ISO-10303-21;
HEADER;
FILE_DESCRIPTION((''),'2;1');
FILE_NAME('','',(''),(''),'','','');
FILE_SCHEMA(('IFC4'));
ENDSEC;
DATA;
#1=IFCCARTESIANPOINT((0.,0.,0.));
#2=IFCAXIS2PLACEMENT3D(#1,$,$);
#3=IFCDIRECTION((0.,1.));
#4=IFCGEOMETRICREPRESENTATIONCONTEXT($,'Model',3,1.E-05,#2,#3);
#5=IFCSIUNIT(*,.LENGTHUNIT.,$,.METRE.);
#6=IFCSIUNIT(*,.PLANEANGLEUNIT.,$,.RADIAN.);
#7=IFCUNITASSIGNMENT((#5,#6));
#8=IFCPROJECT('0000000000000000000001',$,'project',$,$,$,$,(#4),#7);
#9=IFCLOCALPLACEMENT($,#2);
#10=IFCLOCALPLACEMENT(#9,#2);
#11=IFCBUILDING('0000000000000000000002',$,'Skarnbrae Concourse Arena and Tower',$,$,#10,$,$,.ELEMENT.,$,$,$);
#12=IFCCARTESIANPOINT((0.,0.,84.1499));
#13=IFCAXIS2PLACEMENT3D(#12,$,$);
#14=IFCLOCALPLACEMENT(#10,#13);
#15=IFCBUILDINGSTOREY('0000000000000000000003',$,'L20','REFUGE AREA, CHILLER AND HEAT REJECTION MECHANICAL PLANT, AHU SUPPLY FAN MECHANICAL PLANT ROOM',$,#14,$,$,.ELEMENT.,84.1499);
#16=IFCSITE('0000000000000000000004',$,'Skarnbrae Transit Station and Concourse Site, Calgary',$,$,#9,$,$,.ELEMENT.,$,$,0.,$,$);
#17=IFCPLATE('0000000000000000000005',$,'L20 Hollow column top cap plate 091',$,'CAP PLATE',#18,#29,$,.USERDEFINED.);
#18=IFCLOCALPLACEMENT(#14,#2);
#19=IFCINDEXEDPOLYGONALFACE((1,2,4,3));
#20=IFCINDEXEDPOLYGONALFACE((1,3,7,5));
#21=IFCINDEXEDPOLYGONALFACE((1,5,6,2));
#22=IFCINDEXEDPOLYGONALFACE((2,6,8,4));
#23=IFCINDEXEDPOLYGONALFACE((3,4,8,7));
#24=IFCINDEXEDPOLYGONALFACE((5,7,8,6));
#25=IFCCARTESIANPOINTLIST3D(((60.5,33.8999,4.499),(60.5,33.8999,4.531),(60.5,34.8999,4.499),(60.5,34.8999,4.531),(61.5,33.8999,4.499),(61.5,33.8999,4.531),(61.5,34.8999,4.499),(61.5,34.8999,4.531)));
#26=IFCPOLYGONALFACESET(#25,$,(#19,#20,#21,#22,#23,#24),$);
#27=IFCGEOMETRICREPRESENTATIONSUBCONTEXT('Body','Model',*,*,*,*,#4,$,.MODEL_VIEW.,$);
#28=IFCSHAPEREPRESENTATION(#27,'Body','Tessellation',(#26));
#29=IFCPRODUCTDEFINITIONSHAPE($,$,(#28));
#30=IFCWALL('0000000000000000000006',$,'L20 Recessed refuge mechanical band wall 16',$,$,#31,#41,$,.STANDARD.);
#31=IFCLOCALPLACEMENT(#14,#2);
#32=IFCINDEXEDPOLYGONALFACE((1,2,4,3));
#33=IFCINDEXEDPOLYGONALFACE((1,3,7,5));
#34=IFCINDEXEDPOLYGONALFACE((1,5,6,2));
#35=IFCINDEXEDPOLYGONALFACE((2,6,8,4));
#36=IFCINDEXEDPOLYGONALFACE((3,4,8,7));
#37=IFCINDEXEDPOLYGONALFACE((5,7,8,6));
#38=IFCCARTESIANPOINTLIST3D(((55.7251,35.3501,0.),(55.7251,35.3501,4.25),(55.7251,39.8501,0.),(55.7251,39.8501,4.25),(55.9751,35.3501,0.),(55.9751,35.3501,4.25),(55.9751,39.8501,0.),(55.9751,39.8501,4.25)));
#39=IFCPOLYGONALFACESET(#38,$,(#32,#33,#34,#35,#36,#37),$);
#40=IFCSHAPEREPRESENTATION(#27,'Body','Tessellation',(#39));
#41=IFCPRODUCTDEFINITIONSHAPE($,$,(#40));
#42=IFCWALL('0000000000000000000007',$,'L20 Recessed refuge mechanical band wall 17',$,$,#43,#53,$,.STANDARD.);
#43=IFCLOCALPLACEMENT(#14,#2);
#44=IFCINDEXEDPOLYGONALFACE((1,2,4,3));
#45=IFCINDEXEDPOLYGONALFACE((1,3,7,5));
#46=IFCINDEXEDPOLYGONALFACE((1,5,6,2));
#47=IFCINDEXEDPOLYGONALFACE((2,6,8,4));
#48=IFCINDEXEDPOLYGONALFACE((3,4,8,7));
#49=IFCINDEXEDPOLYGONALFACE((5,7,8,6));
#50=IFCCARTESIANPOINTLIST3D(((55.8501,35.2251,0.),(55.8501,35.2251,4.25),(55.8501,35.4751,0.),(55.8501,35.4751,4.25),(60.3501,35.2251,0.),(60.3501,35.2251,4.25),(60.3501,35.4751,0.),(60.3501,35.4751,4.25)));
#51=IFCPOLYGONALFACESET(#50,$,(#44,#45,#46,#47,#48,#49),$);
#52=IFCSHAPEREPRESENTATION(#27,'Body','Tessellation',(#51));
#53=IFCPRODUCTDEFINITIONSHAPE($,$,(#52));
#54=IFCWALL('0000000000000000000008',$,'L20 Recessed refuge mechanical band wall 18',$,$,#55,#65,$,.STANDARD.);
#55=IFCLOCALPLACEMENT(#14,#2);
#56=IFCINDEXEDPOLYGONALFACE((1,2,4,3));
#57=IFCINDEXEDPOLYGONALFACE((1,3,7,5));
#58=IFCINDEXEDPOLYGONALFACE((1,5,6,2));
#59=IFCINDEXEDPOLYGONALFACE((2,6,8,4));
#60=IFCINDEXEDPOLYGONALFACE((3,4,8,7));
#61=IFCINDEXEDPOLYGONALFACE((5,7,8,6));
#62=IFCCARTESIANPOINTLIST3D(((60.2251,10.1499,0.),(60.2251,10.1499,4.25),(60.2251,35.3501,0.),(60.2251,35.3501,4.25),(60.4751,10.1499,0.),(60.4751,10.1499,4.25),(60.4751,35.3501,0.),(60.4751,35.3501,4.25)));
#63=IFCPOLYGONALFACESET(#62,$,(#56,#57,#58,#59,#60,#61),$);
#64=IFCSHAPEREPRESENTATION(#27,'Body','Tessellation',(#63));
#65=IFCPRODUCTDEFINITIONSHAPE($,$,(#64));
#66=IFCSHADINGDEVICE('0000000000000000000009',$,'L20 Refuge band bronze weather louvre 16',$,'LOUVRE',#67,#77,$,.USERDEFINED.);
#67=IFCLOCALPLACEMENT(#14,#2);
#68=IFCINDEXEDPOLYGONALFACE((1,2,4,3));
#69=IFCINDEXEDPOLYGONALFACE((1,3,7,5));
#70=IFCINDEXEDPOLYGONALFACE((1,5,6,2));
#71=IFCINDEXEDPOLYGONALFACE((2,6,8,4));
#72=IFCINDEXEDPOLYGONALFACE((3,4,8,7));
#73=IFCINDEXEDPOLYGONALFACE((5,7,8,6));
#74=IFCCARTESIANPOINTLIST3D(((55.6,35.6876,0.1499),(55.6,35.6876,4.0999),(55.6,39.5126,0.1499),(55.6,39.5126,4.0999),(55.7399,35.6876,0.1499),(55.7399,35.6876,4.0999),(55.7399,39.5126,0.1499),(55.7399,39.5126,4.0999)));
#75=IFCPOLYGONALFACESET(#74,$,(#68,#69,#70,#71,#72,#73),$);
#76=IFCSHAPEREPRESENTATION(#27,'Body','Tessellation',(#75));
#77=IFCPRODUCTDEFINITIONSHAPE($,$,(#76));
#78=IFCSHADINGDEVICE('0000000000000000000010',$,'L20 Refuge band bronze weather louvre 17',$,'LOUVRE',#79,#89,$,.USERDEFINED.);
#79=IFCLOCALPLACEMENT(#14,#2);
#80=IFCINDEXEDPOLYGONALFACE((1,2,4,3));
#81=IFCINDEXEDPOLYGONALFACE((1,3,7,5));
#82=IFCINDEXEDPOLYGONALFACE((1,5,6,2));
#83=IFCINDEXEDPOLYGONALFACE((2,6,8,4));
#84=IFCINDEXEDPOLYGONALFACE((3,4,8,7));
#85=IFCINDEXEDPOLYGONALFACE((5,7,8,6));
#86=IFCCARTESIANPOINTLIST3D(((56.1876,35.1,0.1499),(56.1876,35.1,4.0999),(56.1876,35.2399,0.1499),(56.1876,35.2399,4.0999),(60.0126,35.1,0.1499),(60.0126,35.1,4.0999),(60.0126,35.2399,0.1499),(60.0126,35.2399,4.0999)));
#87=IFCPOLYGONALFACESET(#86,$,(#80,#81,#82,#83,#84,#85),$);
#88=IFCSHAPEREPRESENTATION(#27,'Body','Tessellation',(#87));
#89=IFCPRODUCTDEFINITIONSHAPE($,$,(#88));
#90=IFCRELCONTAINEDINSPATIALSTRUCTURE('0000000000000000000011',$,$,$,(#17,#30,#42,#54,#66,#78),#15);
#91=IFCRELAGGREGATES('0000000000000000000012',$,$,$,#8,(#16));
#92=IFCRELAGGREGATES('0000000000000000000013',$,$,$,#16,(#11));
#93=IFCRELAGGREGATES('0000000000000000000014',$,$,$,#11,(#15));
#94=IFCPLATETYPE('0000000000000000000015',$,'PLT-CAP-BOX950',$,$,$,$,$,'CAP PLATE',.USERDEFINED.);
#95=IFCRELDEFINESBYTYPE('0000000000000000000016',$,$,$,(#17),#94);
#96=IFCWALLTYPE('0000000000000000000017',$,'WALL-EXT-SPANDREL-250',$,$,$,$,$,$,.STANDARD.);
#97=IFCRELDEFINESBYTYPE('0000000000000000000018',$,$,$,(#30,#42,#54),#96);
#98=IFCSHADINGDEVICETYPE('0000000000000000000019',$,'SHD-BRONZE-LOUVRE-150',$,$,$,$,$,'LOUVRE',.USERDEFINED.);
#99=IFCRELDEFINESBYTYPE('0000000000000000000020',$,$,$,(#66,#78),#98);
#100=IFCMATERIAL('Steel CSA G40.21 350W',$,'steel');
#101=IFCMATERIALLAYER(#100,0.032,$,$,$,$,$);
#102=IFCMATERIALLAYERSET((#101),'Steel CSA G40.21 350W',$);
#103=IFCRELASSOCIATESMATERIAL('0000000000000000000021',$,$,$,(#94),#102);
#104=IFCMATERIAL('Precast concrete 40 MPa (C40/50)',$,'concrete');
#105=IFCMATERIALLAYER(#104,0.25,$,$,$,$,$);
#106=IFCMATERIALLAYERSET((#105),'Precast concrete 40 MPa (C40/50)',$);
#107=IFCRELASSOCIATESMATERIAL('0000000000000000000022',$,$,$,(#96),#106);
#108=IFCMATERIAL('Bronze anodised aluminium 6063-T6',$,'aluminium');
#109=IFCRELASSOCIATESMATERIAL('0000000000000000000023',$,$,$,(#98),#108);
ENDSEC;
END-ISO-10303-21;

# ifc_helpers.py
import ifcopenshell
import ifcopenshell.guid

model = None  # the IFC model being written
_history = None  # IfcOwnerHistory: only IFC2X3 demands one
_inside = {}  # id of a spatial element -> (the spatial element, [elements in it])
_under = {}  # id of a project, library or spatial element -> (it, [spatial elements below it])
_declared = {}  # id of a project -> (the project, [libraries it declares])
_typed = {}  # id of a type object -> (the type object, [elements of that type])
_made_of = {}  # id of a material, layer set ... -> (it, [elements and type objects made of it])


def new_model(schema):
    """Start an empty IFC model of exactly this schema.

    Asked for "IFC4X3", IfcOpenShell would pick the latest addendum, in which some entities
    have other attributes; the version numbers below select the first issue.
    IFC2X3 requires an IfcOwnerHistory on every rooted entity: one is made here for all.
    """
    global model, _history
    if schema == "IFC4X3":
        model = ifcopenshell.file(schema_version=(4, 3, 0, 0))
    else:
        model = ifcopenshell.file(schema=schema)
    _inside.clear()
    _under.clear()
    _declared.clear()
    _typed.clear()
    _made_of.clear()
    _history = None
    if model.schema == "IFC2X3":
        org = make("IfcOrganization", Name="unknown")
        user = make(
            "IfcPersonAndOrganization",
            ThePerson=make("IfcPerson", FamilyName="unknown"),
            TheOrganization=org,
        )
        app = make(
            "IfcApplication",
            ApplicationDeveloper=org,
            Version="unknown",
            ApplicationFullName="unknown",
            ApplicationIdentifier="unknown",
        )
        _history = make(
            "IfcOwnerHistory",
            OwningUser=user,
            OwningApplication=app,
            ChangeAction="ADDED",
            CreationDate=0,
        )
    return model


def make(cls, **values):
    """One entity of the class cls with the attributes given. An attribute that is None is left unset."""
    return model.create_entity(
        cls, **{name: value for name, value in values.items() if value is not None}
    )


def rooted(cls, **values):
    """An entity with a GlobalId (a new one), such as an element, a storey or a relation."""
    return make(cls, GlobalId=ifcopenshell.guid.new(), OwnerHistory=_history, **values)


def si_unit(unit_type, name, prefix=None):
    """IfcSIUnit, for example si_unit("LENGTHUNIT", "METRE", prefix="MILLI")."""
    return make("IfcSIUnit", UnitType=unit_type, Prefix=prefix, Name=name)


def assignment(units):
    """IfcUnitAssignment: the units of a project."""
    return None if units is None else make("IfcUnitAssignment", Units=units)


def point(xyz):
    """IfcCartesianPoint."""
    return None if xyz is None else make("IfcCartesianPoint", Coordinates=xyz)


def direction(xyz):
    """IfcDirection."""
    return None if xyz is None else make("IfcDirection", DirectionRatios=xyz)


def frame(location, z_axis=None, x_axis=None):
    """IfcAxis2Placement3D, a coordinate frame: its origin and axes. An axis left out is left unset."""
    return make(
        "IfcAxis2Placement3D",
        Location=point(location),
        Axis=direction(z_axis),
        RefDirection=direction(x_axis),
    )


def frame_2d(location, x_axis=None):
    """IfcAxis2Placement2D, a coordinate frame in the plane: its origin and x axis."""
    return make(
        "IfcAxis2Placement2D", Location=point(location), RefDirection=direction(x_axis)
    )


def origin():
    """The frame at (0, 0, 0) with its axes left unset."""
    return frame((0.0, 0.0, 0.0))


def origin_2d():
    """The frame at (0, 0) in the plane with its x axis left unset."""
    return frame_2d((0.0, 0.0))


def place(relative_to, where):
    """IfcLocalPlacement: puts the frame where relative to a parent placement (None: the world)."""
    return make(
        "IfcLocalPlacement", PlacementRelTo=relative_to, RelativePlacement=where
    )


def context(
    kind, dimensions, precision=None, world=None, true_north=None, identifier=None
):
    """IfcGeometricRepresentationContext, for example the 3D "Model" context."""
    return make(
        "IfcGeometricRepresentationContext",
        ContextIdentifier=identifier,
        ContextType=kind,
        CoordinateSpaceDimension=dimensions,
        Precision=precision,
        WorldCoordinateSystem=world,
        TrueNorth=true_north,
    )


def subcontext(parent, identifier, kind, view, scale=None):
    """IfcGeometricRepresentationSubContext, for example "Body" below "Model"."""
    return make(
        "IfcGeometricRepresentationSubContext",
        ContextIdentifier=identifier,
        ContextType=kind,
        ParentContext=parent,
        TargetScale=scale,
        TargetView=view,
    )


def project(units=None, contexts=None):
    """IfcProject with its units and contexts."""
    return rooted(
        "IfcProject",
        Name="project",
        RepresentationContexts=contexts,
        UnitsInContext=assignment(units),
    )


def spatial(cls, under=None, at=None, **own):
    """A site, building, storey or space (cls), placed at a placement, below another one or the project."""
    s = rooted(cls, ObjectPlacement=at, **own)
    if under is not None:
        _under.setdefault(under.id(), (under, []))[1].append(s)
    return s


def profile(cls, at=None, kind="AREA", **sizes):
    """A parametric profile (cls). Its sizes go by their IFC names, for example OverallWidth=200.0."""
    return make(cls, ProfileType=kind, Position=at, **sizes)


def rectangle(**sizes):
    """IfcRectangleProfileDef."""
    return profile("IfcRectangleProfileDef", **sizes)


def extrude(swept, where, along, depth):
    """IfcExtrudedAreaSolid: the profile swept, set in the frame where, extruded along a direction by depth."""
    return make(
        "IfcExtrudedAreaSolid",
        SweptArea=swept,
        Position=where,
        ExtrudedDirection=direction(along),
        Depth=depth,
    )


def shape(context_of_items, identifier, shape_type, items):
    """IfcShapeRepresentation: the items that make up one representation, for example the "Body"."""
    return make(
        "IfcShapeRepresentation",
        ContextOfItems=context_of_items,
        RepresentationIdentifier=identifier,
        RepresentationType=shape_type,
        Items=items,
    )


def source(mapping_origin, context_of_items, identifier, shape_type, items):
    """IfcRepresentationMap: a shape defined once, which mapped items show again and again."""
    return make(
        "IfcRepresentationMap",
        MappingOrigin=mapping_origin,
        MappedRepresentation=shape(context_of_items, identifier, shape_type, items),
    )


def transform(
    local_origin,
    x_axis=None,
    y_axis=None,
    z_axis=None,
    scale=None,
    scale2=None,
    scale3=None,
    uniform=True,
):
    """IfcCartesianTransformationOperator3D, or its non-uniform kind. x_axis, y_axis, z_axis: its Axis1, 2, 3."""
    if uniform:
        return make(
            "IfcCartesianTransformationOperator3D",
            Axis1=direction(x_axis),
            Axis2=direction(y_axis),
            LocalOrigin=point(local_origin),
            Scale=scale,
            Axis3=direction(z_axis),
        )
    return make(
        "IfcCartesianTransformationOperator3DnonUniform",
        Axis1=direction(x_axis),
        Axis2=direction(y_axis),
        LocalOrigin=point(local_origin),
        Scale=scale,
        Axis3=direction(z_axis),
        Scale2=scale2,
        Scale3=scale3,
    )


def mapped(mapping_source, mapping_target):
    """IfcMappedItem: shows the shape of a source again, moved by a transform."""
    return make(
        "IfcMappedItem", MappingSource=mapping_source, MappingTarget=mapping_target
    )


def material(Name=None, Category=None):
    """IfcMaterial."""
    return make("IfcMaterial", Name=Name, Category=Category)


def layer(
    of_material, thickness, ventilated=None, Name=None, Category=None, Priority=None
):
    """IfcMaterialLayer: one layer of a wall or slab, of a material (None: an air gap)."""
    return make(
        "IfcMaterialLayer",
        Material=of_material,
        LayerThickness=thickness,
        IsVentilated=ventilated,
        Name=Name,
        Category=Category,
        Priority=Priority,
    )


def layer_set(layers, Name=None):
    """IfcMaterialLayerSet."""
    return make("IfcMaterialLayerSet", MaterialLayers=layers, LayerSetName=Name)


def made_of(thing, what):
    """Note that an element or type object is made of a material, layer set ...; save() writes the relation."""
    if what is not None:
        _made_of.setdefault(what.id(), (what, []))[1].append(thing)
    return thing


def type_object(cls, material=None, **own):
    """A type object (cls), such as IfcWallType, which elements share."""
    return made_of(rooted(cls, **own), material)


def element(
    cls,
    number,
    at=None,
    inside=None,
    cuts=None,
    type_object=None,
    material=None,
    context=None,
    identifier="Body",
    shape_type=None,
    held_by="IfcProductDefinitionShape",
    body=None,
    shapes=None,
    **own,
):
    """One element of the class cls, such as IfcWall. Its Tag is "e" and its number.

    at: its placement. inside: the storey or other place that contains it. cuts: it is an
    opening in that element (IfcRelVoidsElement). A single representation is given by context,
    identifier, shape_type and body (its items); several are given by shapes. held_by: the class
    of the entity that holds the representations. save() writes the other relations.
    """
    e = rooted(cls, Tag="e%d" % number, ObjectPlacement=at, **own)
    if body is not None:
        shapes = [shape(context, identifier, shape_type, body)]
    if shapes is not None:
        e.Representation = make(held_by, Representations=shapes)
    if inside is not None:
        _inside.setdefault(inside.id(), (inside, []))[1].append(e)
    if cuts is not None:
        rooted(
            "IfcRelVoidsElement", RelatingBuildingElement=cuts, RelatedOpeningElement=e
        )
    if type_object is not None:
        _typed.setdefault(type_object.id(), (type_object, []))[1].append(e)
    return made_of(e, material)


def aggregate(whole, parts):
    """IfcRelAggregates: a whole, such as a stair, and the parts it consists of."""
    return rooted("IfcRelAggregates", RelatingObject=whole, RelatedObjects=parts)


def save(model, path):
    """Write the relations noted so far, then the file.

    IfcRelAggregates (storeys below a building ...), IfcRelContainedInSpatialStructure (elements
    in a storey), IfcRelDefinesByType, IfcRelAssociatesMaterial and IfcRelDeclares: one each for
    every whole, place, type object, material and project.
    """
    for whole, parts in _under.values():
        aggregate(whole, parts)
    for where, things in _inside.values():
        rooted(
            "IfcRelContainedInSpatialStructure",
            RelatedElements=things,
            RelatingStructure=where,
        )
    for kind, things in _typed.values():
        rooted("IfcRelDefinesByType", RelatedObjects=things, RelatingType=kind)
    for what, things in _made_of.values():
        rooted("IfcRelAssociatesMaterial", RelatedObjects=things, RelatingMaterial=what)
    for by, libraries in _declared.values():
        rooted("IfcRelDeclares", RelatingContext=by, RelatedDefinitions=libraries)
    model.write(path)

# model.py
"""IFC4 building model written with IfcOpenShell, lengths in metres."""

from ifc_helpers import new_model, si_unit, direction, frame, frame_2d, origin, origin_2d, place, context, subcontext, project, spatial, rectangle, extrude, source, transform, mapped, material, layer, layer_set, type_object, element, save


model = new_model("IFC4")

# Units and contexts
model_context = context("Model", 3, precision=1e-05, world=origin(), true_north=direction((0.0, 1.0)))
body_context = subcontext(model_context, "Body", "Model", "MODEL_VIEW")
ifc_project = project(units=[si_unit("LENGTHUNIT", "METRE"), si_unit("PLANEANGLEUNIT", "RADIAN")], contexts=[model_context])

# Site, building, storey
site_placement = place(None, origin())
site = spatial("IfcSite", under=ifc_project, at=site_placement, Name="Skarnbrae Transit Station and Concourse Site, Calgary", CompositionType="ELEMENT", RefElevation=0.0)
building_placement = place(site_placement, origin())
building = spatial("IfcBuilding", under=site, at=building_placement, Name="Skarnbrae Concourse Arena and Tower", CompositionType="ELEMENT")
storey_placement = place(building_placement, frame((0.0, 0.0, 84.1499)))
storey = spatial("IfcBuildingStorey", under=building, at=storey_placement, Name="L20", Description="REFUGE AREA, CHILLER AND HEAT REJECTION MECHANICAL PLANT, AHU SUPPLY FAN MECHANICAL PLANT ROOM", CompositionType="ELEMENT", Elevation=84.1499)

# Shared definitions
ifc_material_1 = material(Name="Steel CSA G40.21 350W", Category="steel")

# Plate
ifc_layer_1 = layer(ifc_material_1, 0.032)
ifc_layer_set_1 = layer_set([ifc_layer_1], Name="Steel CSA G40.21 350W")
plate_type_1 = type_object("IfcPlateType", Name="PLT-CAP-BOX950", ElementType="CAP PLATE", PredefinedType="USERDEFINED", material=ifc_layer_set_1)
shared_shape_1 = source(origin(), body_context, "Body", "SweptSolid", [
    extrude(rectangle(XDim=1.0, YDim=1.0, at=origin_2d()), origin(), (0.0, 0.0, 1.0), 0.032),
])
for number, where, z_axis, x_axis, name in (
    (1, (61.0, 34.3999, 4.499), (0.0, 0.0, 1.0), (1.0, 0.0, 0.0), "L20 Hollow column top cap plate 091"),
):
    element("IfcPlate", number, at=place(storey_placement, frame(where, z_axis=z_axis, x_axis=x_axis)), inside=storey, type_object=plate_type_1, Name=name, ObjectType="CAP PLATE", PredefinedType="USERDEFINED", context=body_context, shape_type="MappedRepresentation", body=[
        mapped(shared_shape_1, transform((0.0, 0.0, 0.0))),
    ])

# Walls
ifc_material_2 = material(Name="Precast concrete 40 MPa (C40/50)", Category="concrete")
ifc_layer_2 = layer(ifc_material_2, 0.25)
ifc_layer_set_2 = layer_set([ifc_layer_2], Name="Precast concrete 40 MPa (C40/50)")
wall_type = type_object("IfcWallType", Name="WALL-EXT-SPANDREL-250", PredefinedType="STANDARD", material=ifc_layer_set_2)
shared_shape_2 = source(origin(), body_context, "Body", "SweptSolid", [
    extrude(rectangle(XDim=4.5, YDim=0.25, at=frame_2d((2.25, 0.0))), origin(), (0.0, 0.0, 1.0), 4.25),
])
for number, where, z_axis, x_axis, name in (
    (2, (55.8501, 39.8501, 0.0), (0.0, 0.0, 1.0), (0.0, -1.0, 0.0), "L20 Recessed refuge mechanical band wall 16"),
    (3, (55.8501, 35.3501, 0.0), (0.0, 0.0, 1.0), (1.0, 0.0, 0.0), "L20 Recessed refuge mechanical band wall 17"),
):
    element("IfcWall", number, at=place(storey_placement, frame(where, z_axis=z_axis, x_axis=x_axis)), inside=storey, type_object=wall_type, Name=name, PredefinedType="STANDARD", context=body_context, shape_type="MappedRepresentation", body=[
        mapped(shared_shape_2, transform((0.0, 0.0, 0.0))),
    ])
shared_shape_3 = source(origin(), body_context, "Body", "SweptSolid", [
    extrude(rectangle(XDim=25.2002, YDim=0.25, at=frame_2d((12.6001, 0.0))), origin(), (0.0, 0.0, 1.0), 4.25),
])
wall_placement = place(storey_placement, frame((60.3501, 35.3501, 0.0), z_axis=(0.0, 0.0, 1.0), x_axis=(0.0, -1.0, 0.0)))
element("IfcWall", 4, at=wall_placement, inside=storey, type_object=wall_type, Name="L20 Recessed refuge mechanical band wall 18", PredefinedType="STANDARD", context=body_context, shape_type="MappedRepresentation", body=[
    mapped(shared_shape_3, transform((0.0, 0.0, 0.0))),
])

# Shading devices
ifc_material_3 = material(Name="Bronze anodised aluminium 6063-T6", Category="aluminium")
shading_device_type = type_object("IfcShadingDeviceType", Name="SHD-BRONZE-LOUVRE-150", ElementType="LOUVRE", PredefinedType="USERDEFINED", material=ifc_material_3)
shared_shape_4 = source(origin(), body_context, "Body", "SweptSolid", [
    extrude(rectangle(XDim=3.825, YDim=0.1399, at=origin_2d()), origin(), (0.0, 0.0, 1.0), 3.95),
])
for number, where, z_axis, x_axis, name in (
    (5, (55.6699, 37.6001, 0.1499), (0.0, 0.0, 1.0), (0.0, -1.0, 0.0), "L20 Refuge band bronze weather louvre 16"),
    (6, (58.1001, 35.1699, 0.1499), (0.0, 0.0, 1.0), (1.0, 0.0, 0.0), "L20 Refuge band bronze weather louvre 17"),
):
    element("IfcShadingDevice", number, at=place(storey_placement, frame(where, z_axis=z_axis, x_axis=x_axis)), inside=storey, type_object=shading_device_type, Name=name, ObjectType="LOUVRE", PredefinedType="USERDEFINED", context=body_context, shape_type="MappedRepresentation", body=[
        mapped(shared_shape_4, transform((0.0, 0.0, 0.0))),
    ])

save(model, "model.ifc")
